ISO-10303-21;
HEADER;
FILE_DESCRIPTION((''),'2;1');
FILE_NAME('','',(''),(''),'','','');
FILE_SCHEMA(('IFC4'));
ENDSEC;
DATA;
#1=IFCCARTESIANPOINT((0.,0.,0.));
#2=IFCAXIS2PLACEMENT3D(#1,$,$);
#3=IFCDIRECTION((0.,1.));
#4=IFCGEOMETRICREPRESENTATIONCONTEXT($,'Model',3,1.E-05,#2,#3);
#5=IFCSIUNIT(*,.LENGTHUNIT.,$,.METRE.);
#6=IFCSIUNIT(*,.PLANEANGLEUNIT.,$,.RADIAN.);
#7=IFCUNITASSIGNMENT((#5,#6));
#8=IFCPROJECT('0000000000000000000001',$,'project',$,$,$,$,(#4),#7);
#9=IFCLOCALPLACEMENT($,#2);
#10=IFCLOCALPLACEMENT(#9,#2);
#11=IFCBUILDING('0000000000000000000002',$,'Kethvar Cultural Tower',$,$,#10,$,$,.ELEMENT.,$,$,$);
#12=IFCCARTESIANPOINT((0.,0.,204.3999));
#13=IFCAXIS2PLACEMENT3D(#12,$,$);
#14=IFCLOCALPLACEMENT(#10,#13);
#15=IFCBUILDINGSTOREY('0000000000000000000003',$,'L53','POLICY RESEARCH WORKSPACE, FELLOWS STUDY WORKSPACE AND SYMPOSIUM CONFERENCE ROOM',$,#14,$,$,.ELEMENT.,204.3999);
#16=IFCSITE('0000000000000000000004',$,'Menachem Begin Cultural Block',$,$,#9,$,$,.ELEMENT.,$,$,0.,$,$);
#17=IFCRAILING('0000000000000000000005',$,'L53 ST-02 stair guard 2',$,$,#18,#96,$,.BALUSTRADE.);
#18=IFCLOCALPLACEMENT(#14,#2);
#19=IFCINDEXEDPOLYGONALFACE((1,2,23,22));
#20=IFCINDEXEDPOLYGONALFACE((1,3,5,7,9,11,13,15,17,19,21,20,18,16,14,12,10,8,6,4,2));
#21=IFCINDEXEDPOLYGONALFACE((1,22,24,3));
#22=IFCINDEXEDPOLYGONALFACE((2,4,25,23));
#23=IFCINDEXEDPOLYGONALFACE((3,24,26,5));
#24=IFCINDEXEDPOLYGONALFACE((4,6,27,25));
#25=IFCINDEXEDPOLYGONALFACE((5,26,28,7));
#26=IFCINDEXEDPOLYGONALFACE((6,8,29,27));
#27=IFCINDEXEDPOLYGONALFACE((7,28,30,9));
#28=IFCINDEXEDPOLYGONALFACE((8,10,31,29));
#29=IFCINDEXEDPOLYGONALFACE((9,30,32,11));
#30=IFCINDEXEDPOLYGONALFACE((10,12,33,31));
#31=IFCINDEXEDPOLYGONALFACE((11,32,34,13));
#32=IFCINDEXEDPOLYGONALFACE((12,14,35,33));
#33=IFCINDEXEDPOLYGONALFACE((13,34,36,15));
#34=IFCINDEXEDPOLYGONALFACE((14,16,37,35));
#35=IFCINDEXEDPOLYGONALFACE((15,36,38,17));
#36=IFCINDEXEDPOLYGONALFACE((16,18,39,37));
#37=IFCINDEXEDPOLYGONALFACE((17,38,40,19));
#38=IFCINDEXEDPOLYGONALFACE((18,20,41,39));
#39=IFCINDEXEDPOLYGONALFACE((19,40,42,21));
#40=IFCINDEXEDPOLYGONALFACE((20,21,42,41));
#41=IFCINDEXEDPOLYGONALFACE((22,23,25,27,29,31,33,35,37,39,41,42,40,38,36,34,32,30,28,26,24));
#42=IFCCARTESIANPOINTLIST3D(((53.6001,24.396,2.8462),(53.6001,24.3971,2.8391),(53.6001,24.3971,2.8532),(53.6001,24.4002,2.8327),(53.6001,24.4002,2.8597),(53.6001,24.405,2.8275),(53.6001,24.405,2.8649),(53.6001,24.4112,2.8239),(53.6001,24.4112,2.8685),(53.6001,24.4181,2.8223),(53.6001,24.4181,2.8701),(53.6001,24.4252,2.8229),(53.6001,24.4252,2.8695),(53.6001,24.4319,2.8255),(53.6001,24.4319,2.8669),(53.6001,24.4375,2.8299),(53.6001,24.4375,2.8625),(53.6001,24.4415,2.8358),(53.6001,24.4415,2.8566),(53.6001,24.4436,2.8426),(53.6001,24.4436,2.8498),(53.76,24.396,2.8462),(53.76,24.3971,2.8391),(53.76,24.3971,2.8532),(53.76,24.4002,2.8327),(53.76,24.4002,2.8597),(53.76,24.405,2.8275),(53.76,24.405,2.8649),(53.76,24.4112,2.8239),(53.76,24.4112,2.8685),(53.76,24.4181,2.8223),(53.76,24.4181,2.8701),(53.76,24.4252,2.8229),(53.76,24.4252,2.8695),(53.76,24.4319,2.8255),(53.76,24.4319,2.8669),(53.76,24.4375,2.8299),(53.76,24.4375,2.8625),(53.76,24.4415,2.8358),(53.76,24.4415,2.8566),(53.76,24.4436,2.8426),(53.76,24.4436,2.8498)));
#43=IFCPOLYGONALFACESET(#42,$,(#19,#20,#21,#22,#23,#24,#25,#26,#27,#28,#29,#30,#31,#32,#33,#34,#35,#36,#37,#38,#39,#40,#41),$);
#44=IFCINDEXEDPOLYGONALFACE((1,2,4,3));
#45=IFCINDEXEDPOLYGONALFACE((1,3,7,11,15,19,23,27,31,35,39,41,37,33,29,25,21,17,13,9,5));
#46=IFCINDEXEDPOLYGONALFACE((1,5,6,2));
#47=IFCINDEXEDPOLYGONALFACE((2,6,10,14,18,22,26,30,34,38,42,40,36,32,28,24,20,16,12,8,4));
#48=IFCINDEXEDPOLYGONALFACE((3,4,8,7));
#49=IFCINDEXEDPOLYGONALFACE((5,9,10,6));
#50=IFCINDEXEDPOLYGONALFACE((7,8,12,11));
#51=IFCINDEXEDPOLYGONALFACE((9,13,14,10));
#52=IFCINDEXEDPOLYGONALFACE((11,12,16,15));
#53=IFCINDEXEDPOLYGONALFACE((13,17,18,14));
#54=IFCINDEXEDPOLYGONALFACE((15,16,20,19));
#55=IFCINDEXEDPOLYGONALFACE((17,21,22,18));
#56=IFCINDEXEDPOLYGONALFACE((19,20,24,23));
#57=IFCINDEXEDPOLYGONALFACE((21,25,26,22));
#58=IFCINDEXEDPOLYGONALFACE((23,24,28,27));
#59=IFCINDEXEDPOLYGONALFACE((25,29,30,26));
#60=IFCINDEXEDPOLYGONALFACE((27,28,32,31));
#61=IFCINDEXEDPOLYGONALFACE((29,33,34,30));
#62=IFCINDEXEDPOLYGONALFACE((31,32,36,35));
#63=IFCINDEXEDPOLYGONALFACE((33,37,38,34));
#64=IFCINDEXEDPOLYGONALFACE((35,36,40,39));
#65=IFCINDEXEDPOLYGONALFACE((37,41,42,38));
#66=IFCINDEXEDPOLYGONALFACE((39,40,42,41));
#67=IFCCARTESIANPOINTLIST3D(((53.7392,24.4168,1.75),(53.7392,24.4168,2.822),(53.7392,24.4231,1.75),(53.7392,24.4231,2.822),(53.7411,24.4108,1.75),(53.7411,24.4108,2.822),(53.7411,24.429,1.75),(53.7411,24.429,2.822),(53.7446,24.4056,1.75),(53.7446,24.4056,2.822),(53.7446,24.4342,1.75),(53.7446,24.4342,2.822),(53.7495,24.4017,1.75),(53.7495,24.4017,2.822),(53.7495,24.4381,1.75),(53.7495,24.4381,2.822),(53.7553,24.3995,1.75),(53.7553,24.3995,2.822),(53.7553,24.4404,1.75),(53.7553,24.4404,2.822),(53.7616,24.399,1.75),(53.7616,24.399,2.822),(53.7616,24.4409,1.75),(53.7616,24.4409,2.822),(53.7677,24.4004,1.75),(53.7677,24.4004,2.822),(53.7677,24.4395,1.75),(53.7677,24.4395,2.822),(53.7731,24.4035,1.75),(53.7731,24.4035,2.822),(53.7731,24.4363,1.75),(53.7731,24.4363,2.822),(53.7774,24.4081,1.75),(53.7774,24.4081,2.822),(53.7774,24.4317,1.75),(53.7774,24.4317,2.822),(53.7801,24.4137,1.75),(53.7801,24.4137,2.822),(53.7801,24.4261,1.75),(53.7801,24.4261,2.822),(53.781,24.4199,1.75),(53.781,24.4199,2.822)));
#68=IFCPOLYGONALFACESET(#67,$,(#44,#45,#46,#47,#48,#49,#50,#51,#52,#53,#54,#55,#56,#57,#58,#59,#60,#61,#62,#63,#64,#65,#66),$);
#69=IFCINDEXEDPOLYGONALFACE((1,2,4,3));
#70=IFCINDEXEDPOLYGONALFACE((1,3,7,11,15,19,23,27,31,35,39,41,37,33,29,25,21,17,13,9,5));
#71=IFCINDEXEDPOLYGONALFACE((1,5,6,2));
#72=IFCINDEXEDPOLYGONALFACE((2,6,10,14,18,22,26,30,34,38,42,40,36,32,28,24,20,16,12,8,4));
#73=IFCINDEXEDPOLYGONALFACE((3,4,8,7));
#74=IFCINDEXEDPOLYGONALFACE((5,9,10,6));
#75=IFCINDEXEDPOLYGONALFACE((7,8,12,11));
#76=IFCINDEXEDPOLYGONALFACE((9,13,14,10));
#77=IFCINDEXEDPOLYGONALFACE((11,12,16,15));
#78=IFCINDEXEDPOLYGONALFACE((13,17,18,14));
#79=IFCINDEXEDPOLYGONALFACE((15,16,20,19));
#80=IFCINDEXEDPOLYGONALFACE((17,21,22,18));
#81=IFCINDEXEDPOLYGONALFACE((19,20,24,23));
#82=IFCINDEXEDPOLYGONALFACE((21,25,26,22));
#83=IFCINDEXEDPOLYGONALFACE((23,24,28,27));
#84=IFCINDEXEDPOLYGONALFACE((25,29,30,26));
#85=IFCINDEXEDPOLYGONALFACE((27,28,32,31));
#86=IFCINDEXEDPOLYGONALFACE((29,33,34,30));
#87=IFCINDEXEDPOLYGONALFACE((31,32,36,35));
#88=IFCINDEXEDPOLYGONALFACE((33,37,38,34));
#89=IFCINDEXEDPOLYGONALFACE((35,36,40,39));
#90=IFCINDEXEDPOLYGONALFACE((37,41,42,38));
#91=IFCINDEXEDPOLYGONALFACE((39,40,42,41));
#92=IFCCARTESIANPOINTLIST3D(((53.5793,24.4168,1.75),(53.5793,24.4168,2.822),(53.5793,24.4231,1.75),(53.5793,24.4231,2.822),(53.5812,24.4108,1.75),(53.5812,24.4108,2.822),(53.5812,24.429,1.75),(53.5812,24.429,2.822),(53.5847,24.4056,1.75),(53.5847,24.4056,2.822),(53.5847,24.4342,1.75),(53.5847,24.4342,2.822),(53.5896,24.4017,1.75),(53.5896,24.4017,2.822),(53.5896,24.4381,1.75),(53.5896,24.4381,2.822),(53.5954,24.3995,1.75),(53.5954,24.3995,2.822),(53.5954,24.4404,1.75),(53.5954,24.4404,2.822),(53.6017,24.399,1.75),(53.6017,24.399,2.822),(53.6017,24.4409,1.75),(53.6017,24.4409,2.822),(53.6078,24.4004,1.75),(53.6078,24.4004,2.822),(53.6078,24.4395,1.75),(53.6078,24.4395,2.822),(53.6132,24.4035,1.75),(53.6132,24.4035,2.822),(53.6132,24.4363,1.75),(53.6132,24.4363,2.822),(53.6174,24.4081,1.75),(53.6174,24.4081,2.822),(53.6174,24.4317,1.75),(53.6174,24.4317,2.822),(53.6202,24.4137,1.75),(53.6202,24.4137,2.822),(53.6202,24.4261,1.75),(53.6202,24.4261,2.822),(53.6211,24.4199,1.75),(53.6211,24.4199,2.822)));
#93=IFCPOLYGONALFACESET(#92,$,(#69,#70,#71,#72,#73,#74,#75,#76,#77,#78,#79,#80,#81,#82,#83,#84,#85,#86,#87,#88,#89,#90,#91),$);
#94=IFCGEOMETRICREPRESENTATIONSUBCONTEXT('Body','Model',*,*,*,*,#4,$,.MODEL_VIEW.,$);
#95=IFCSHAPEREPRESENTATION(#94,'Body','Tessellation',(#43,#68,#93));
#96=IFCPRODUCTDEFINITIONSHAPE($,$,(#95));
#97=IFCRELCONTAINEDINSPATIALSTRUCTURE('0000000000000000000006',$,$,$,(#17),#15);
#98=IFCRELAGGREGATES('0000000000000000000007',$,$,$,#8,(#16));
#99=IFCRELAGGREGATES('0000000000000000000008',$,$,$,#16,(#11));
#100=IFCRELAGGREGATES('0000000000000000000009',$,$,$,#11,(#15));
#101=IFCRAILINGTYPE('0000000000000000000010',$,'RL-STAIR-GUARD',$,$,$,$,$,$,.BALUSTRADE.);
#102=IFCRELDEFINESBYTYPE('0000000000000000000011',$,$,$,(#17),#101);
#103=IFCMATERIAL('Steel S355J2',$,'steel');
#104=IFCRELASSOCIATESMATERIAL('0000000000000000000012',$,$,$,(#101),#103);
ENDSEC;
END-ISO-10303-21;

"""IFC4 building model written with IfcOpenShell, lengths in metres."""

from ifc_helpers import new_model, si_unit, direction, frame, origin, origin_2d, place, context, subcontext, project, spatial, circle, extrude, material, type_object, element, save


model = new_model("IFC4")

# Units and contexts
model_context = context("Model", 3, precision=1e-05, world=origin(), true_north=direction((0.0, 1.0)))
body_context = subcontext(model_context, "Body", "Model", "MODEL_VIEW")
ifc_project = project(units=[si_unit("LENGTHUNIT", "METRE"), si_unit("PLANEANGLEUNIT", "RADIAN")], contexts=[model_context])

# Site, building, storey
site_placement = place(None, origin())
site = spatial("IfcSite", under=ifc_project, at=site_placement, Name="Menachem Begin Cultural Block", CompositionType="ELEMENT", RefElevation=0.0)
building_placement = place(site_placement, origin())
building = spatial("IfcBuilding", under=site, at=building_placement, Name="Kethvar Cultural Tower", CompositionType="ELEMENT")
storey_placement = place(building_placement, frame((0.0, 0.0, 204.3999)))
storey = spatial("IfcBuildingStorey", under=building, at=storey_placement, Name="L53", Description="POLICY RESEARCH WORKSPACE, FELLOWS STUDY WORKSPACE AND SYMPOSIUM CONFERENCE ROOM", CompositionType="ELEMENT", Elevation=204.3999)

# Shared definitions
ifc_material_1 = material(Name="Steel S355J2", Category="steel")

# Railing
railing_type_1 = type_object("IfcRailingType", Name="RL-STAIR-GUARD", PredefinedType="BALUSTRADE", material=ifc_material_1)
railing_1_placement = place(storey_placement, frame((53.76, 24.4199, 1.75)))
element("IfcRailing", 1, at=railing_1_placement, inside=storey, type_object=railing_type_1, Name="L53 ST-02 stair guard 2", PredefinedType="BALUSTRADE", context=body_context, shape_type="SweptSolid", body=[
    extrude(circle(Radius=0.0239, at=origin_2d()), frame((0.0, 0.0, 1.0962), z_axis=(-1.0, 0.0, 0.0), x_axis=(0.0, -1.0, 0.0)), (0.0, 0.0, 1.0), 0.1599),
    extrude(circle(Radius=0.021, at=origin_2d()), origin(), (0.0, 0.0, 1.0), 1.072),
    extrude(circle(Radius=0.021, at=origin_2d()), frame((-0.1599, 0.0, 0.0)), (0.0, 0.0, 1.0), 1.072),
])

save(model, "model.ifc")
